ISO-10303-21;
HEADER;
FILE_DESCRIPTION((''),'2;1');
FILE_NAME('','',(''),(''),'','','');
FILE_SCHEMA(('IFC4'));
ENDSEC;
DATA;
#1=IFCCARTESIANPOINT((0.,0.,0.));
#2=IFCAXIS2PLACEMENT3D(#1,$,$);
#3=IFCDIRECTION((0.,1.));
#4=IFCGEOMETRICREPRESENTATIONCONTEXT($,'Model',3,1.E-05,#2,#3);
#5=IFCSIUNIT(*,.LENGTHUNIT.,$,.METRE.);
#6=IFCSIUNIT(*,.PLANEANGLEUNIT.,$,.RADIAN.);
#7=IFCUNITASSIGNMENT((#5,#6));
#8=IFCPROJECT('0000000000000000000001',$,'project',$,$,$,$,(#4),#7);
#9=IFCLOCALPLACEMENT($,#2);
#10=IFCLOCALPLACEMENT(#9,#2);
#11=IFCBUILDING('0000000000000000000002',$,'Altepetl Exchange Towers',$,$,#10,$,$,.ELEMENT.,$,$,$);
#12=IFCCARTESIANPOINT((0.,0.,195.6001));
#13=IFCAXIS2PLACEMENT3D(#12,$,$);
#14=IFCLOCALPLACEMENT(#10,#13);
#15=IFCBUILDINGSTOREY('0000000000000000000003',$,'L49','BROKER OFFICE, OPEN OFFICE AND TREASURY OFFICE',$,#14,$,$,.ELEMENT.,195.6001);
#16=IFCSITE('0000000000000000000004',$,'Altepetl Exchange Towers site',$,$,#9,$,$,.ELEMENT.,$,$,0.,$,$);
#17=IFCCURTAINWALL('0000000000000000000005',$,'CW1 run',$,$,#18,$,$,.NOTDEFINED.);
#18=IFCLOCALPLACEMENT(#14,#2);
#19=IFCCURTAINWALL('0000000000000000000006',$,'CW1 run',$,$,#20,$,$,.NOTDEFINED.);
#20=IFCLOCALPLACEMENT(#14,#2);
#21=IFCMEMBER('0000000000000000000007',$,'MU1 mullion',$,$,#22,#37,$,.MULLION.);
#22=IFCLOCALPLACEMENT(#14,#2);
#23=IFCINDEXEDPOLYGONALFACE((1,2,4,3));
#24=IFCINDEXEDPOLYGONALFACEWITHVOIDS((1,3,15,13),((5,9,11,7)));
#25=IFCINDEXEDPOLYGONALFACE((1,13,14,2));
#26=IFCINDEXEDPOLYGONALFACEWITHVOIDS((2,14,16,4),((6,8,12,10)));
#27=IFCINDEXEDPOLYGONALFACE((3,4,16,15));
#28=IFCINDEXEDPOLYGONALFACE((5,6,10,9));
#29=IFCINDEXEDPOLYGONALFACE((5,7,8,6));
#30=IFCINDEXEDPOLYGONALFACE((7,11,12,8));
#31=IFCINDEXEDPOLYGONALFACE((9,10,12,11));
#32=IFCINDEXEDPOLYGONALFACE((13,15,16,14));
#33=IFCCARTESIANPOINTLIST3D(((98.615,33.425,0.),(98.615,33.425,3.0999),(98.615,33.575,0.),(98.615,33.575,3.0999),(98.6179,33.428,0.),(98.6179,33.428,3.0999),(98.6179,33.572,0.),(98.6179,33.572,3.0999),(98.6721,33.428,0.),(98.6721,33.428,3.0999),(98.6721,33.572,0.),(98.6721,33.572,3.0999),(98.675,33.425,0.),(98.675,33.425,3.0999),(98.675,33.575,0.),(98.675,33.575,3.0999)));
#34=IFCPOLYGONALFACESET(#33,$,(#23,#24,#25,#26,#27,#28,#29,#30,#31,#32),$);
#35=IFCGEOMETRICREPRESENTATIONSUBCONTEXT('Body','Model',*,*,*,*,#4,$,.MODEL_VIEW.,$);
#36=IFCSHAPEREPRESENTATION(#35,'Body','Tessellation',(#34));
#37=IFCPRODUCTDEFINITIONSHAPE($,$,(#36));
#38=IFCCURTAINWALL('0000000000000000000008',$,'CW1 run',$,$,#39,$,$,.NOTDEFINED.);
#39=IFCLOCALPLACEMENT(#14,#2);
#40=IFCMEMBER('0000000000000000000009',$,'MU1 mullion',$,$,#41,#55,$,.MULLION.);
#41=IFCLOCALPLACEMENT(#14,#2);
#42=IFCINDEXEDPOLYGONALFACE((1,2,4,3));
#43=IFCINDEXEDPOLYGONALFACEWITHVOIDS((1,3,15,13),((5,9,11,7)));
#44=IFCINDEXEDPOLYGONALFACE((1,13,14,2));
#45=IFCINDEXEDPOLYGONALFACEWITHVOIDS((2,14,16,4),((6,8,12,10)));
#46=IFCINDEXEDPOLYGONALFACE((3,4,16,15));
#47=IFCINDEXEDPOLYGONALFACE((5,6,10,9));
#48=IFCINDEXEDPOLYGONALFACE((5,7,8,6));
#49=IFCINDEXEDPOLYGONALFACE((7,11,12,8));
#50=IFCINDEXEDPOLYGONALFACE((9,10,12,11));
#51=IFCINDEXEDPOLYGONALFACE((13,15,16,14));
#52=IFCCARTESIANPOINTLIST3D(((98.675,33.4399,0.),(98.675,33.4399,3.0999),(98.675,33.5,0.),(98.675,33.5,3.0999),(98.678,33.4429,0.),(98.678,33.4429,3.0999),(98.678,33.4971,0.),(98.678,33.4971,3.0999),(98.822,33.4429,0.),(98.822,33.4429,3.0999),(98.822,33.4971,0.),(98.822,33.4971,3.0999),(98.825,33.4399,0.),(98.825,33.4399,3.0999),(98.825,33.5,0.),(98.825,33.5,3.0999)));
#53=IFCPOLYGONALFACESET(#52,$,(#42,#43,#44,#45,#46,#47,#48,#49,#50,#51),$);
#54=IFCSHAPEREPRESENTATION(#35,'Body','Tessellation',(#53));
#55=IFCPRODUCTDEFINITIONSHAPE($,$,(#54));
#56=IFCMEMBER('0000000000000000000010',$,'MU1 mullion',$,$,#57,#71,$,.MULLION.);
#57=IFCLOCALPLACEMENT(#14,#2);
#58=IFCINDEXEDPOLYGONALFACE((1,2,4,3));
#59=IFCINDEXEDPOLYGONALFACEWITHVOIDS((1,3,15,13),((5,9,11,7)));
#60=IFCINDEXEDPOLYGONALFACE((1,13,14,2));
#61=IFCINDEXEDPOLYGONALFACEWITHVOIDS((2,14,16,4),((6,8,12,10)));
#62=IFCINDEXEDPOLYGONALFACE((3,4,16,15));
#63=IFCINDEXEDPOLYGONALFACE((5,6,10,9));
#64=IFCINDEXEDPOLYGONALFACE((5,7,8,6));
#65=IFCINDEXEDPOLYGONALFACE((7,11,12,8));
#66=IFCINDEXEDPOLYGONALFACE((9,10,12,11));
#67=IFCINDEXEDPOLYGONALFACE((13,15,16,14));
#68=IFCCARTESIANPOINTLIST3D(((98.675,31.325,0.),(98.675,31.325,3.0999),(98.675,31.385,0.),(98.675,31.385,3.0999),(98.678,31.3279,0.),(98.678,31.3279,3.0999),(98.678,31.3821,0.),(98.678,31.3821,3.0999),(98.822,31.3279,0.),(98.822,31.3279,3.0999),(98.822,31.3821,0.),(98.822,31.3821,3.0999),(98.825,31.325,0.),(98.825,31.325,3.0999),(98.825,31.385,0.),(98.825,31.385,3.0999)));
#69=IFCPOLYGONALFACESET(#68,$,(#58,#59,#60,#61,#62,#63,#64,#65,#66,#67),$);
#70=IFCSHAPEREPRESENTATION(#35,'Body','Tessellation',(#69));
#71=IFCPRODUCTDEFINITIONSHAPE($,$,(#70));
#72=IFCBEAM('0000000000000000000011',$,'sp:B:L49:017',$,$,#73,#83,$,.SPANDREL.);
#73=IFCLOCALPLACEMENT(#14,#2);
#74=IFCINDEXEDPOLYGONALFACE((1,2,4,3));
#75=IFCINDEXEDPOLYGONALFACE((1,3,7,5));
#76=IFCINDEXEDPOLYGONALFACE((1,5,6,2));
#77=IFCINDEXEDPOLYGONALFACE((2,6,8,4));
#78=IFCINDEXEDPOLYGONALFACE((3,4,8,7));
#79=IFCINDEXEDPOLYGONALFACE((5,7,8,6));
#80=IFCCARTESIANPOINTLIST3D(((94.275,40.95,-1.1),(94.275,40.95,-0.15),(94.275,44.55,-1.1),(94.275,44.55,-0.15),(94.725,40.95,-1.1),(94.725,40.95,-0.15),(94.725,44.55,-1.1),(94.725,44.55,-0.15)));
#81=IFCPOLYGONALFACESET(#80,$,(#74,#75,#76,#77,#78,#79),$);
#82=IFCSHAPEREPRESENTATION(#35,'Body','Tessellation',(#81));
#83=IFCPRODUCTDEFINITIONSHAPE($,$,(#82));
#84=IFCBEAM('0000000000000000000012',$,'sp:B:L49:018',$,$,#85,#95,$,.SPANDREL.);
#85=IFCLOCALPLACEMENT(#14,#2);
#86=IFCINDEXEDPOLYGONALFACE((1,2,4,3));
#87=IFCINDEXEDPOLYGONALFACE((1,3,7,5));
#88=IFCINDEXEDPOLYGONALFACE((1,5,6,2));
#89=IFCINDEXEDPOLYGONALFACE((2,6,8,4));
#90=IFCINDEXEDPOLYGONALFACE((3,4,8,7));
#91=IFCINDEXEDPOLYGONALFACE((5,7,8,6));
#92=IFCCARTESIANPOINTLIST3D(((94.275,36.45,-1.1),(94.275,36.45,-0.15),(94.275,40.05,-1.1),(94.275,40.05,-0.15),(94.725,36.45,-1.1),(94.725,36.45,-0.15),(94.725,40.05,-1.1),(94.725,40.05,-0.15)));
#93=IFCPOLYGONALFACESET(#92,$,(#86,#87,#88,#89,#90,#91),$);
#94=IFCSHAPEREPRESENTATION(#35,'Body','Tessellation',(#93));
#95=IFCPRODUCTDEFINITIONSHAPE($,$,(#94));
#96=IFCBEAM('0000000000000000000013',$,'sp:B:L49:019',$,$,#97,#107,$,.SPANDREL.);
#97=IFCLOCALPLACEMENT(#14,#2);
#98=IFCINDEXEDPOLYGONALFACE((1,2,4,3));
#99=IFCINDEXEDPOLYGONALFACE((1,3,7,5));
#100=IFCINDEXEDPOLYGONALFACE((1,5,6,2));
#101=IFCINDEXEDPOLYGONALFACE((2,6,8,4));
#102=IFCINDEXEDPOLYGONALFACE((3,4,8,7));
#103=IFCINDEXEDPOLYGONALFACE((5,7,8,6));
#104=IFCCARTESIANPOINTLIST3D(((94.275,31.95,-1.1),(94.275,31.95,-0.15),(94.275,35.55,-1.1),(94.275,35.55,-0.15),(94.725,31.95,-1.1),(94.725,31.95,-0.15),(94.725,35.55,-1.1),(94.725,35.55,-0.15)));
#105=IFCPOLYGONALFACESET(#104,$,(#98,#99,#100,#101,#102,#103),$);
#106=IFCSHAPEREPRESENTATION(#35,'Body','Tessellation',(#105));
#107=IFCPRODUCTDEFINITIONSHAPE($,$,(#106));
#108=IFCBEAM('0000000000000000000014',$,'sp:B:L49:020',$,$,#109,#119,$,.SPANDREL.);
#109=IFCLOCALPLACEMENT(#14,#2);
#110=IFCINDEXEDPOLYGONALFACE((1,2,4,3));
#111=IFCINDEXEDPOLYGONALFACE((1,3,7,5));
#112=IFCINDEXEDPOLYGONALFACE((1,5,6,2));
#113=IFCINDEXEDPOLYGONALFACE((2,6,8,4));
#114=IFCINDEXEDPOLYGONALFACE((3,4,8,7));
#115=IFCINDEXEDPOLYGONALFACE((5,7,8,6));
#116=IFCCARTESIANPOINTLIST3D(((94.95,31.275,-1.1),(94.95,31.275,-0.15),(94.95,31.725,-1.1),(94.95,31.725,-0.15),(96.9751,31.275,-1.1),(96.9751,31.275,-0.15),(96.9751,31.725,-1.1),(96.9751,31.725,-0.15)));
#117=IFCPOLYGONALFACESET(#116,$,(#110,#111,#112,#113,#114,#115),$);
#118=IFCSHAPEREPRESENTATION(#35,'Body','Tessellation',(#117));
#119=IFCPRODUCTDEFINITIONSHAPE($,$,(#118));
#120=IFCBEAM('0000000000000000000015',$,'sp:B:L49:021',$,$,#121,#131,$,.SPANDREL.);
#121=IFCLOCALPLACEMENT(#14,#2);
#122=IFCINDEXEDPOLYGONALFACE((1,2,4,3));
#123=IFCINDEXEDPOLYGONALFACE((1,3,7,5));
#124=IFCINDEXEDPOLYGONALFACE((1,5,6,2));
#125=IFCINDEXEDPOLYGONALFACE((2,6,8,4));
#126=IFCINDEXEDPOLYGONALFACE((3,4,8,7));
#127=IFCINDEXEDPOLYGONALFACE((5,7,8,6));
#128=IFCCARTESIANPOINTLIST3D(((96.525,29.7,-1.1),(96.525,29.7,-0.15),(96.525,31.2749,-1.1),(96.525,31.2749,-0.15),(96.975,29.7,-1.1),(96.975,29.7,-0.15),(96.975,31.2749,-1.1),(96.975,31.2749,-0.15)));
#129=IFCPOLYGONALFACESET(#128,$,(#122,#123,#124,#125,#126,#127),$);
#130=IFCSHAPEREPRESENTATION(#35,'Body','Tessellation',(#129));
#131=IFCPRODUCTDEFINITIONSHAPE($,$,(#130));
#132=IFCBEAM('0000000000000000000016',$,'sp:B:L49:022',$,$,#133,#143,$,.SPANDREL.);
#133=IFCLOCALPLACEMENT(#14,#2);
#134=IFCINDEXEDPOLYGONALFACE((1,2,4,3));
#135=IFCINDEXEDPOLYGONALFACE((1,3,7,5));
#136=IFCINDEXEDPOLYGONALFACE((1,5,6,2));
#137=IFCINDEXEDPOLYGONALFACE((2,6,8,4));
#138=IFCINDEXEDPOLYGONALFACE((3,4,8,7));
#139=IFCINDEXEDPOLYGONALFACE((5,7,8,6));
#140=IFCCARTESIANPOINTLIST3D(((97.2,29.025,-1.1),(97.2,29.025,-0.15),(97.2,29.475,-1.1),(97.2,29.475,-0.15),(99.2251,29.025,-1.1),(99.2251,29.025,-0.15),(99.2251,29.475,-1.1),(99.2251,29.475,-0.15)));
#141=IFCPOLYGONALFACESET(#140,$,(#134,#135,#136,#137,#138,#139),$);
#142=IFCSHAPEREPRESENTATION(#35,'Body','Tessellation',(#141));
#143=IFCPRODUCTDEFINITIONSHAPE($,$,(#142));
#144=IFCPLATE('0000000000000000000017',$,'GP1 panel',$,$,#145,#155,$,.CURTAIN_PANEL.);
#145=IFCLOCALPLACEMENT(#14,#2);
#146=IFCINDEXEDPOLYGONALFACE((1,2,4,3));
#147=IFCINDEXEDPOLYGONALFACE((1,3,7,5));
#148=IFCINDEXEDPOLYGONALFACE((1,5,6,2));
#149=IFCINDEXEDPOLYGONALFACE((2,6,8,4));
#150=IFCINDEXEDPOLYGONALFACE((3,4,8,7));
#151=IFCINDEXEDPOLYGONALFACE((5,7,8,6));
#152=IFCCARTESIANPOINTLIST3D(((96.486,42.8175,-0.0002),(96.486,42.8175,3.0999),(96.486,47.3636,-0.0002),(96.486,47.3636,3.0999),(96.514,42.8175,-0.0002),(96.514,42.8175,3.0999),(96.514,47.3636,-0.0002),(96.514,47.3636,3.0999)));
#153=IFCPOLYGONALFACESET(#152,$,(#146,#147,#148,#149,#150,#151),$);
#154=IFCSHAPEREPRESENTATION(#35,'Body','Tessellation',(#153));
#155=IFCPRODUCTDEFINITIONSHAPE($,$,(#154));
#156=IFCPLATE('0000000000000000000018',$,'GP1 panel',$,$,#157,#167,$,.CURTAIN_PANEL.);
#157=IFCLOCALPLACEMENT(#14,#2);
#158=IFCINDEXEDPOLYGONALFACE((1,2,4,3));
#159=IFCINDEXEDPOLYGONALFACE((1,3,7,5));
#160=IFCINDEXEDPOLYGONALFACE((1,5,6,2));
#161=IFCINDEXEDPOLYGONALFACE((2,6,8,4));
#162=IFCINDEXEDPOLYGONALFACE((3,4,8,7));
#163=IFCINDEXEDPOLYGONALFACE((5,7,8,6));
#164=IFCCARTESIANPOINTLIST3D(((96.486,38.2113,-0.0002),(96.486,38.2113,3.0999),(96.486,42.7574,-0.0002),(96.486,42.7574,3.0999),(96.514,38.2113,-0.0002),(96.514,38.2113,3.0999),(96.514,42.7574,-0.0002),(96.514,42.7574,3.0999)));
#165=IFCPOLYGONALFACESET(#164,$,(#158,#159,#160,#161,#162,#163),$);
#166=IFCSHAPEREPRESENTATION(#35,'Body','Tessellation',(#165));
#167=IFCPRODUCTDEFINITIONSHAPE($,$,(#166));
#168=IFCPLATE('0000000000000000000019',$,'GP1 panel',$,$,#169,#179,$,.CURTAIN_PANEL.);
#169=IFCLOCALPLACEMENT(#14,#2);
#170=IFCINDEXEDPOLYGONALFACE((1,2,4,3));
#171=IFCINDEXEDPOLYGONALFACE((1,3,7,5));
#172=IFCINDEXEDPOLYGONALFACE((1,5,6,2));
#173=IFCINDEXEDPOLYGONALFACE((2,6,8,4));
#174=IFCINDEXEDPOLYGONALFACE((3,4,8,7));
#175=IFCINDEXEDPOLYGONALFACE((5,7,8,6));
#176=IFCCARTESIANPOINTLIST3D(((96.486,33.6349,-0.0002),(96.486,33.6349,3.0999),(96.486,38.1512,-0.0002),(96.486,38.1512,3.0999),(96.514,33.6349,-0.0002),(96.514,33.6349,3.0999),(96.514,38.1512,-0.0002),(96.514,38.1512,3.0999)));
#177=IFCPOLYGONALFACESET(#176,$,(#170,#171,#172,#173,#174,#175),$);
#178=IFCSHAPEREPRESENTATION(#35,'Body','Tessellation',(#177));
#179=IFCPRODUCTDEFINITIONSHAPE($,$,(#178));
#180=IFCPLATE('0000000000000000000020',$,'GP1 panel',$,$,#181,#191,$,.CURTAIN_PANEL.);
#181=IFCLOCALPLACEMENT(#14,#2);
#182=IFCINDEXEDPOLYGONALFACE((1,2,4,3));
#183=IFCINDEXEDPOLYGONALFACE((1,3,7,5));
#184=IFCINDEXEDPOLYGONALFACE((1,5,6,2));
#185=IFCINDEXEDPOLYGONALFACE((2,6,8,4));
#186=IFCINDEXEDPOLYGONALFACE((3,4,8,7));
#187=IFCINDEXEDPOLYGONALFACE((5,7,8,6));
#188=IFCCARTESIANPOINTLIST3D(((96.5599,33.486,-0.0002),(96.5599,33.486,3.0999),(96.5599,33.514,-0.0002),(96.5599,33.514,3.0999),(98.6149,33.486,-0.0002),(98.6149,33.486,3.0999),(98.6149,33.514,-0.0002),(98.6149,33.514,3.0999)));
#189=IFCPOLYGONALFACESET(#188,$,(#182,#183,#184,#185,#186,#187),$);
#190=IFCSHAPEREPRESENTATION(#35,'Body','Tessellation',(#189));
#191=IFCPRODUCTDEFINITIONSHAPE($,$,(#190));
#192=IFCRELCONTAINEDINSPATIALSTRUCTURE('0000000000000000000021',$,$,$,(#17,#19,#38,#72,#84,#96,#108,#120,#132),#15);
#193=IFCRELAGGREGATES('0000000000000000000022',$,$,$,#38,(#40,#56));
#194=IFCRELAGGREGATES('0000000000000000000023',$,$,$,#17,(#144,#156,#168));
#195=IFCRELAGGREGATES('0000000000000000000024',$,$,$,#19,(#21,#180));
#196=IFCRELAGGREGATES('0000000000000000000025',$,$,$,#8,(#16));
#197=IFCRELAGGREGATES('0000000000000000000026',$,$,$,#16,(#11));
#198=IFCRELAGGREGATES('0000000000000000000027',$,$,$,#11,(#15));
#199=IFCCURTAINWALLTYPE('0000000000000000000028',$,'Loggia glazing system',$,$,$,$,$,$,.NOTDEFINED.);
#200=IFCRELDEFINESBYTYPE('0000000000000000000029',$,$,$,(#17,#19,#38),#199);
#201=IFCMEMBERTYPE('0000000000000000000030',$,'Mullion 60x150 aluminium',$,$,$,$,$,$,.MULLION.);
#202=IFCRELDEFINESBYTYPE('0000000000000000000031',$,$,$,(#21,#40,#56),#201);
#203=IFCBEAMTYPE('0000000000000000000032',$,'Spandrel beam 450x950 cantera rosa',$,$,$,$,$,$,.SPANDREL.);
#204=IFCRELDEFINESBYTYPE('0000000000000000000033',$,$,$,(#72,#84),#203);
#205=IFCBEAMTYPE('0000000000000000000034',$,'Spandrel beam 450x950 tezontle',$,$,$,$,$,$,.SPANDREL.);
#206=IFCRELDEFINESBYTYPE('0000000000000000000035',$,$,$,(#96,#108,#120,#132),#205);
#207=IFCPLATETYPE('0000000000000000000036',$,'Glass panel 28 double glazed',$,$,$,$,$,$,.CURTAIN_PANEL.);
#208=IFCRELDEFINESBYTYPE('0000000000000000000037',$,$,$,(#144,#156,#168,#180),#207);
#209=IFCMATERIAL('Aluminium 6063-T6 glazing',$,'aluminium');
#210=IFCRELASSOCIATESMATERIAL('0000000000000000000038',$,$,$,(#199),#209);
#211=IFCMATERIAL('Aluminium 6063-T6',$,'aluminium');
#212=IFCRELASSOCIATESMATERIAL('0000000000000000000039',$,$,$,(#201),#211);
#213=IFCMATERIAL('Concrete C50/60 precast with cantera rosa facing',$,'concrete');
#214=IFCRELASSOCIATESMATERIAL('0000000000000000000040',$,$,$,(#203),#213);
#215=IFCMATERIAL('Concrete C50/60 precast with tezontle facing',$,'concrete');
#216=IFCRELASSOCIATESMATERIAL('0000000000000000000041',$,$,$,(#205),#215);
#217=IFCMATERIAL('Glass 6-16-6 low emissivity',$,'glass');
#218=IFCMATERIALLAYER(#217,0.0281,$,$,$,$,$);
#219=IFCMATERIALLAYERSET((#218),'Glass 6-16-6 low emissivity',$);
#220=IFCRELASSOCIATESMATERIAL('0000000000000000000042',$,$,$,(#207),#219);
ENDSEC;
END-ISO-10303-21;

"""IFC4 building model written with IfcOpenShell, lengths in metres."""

from ifc_helpers import new_model, si_unit, direction, frame, origin, origin_2d, place, context, subcontext, project, spatial, rectangle, hollow_rectangle, extrude, material, layer, layer_set, material_profile, profile_set, type_object, element, aggregate, save


model = new_model("IFC4")

# Units and contexts
model_context = context("Model", 3, precision=1e-05, world=origin(), true_north=direction((0.0, 1.0)))
body_context = subcontext(model_context, "Body", "Model", "MODEL_VIEW")
ifc_project = project(units=[si_unit("LENGTHUNIT", "METRE"), si_unit("PLANEANGLEUNIT", "RADIAN")], contexts=[model_context])

# Site, building, storey
site_placement = place(None, origin())
site = spatial("IfcSite", under=ifc_project, at=site_placement, Name="Altepetl Exchange Towers site", CompositionType="ELEMENT", RefElevation=0.0)
building_placement = place(site_placement, origin())
building = spatial("IfcBuilding", under=site, at=building_placement, Name="Altepetl Exchange Towers", CompositionType="ELEMENT")
storey_placement = place(building_placement, frame((0.0, 0.0, 195.6001)))
storey = spatial("IfcBuildingStorey", under=building, at=storey_placement, Name="L49", Description="BROKER OFFICE, OPEN OFFICE AND TREASURY OFFICE", CompositionType="ELEMENT", Elevation=195.6001)

# Curtain walls, members
ifc_material_1 = material(Name="Aluminium 6063-T6 glazing", Category="aluminium")
curtain_wall_type = type_object("IfcCurtainWallType", Name="Loggia glazing system", PredefinedType="NOTDEFINED", material=ifc_material_1)
curtain_wall_1_placement = place(storey_placement, origin())
curtain_wall_1 = element("IfcCurtainWall", 1, at=curtain_wall_1_placement, inside=storey, type_object=curtain_wall_type, Name="CW1 run", PredefinedType="NOTDEFINED")
ifc_material_2 = material(Name="Aluminium 6063-T6", Category="aluminium")
ifc_material_profile_1 = material_profile(ifc_material_2, hollow_rectangle(XDim=0.0601, YDim=0.1499, WallThickness=0.0029, at=origin_2d()), Name="Mullion 60x150 aluminium")
ifc_profile_set_1 = profile_set([ifc_material_profile_1], Name="Aluminium 6063-T6")
member_type = type_object("IfcMemberType", Name="Mullion 60x150 aluminium", PredefinedType="MULLION", material=ifc_profile_set_1)
curtain_wall_2_placement = place(storey_placement, origin())
curtain_wall_2 = element("IfcCurtainWall", 2, at=curtain_wall_2_placement, inside=storey, type_object=curtain_wall_type, Name="CW1 run", PredefinedType="NOTDEFINED")
member_1_placement = place(storey_placement, frame((98.645, 33.5, 0.0)))
member_1 = element("IfcMember", 3, at=member_1_placement, type_object=member_type, Name="MU1 mullion", PredefinedType="MULLION", context=body_context, shape_type="SweptSolid", body=[
    extrude(hollow_rectangle(XDim=0.0601, YDim=0.1499, WallThickness=0.0029, at=origin_2d()), origin(), (0.0, 0.0, 1.0), 3.0999),
])
curtain_wall_3_placement = place(storey_placement, origin())
curtain_wall_3 = element("IfcCurtainWall", 4, at=curtain_wall_3_placement, inside=storey, type_object=curtain_wall_type, Name="CW1 run", PredefinedType="NOTDEFINED")
member_2_placement = place(storey_placement, frame((98.75, 33.47, 0.0), z_axis=(0.0, 0.0, 1.0), x_axis=(0.0, -1.0, 0.0)))
member_2 = element("IfcMember", 5, at=member_2_placement, type_object=member_type, Name="MU1 mullion", PredefinedType="MULLION", context=body_context, shape_type="SweptSolid", body=[
    extrude(hollow_rectangle(XDim=0.0601, YDim=0.1499, WallThickness=0.0029, at=origin_2d()), origin(), (0.0, 0.0, 1.0), 3.0999),
])
member_3_placement = place(storey_placement, frame((98.75, 31.355, 0.0), z_axis=(0.0, 0.0, 1.0), x_axis=(0.0, -1.0, 0.0)))
member_3 = element("IfcMember", 6, at=member_3_placement, type_object=member_type, Name="MU1 mullion", PredefinedType="MULLION", context=body_context, shape_type="SweptSolid", body=[
    extrude(hollow_rectangle(XDim=0.0601, YDim=0.1499, WallThickness=0.0029, at=origin_2d()), origin(), (0.0, 0.0, 1.0), 3.0999),
])
aggregate(curtain_wall_3, [member_2, member_3])

# Beams
ifc_material_3 = material(Name="Concrete C50/60 precast with cantera rosa facing", Category="concrete")
ifc_material_profile_2 = material_profile(ifc_material_3, rectangle(XDim=0.45, YDim=0.95, at=origin_2d()), Name="450 x 950")
ifc_profile_set_2 = profile_set([ifc_material_profile_2], Name="Concrete C50/60 precast with cantera rosa facing")
beam_type_1 = type_object("IfcBeamType", Name="Spandrel beam 450x950 cantera rosa", PredefinedType="SPANDREL", material=ifc_profile_set_2)
for number, where, z_axis, x_axis, name in (
    (7, (94.5, 44.55, -0.625), (0.0, -1.0, 0.0), (1.0, 0.0, 0.0), "sp:B:L49:017"),
    (8, (94.5, 40.05, -0.625), (0.0, -1.0, 0.0), (1.0, 0.0, 0.0), "sp:B:L49:018"),
):
    element("IfcBeam", number, at=place(storey_placement, frame(where, z_axis=z_axis, x_axis=x_axis)), inside=storey, type_object=beam_type_1, Name=name, PredefinedType="SPANDREL", context=body_context, shape_type="SweptSolid", body=[
        extrude(rectangle(XDim=0.45, YDim=0.95, at=origin_2d()), origin(), (0.0, 0.0, 1.0), 3.6001),
    ])
ifc_material_4 = material(Name="Concrete C50/60 precast with tezontle facing", Category="concrete")
ifc_material_profile_3 = material_profile(ifc_material_4, rectangle(XDim=0.45, YDim=0.95, at=origin_2d()), Name="450 x 950")
ifc_profile_set_3 = profile_set([ifc_material_profile_3], Name="Concrete C50/60 precast with tezontle facing")
beam_type_2 = type_object("IfcBeamType", Name="Spandrel beam 450x950 tezontle", PredefinedType="SPANDREL", material=ifc_profile_set_3)
beam_1_placement = place(storey_placement, frame((94.5, 35.55, -0.625), z_axis=(0.0, -1.0, 0.0), x_axis=(1.0, 0.0, 0.0)))
element("IfcBeam", 9, at=beam_1_placement, inside=storey, type_object=beam_type_2, Name="sp:B:L49:019", PredefinedType="SPANDREL", context=body_context, shape_type="SweptSolid", body=[
    extrude(rectangle(XDim=0.45, YDim=0.95, at=origin_2d()), origin(), (0.0, 0.0, 1.0), 3.6001),
])
beam_2_placement = place(storey_placement, frame((94.95, 31.5, -0.625), z_axis=(1.0, 0.0, 0.0), x_axis=(0.0, 1.0, 0.0)))
element("IfcBeam", 10, at=beam_2_placement, inside=storey, type_object=beam_type_2, Name="sp:B:L49:020", PredefinedType="SPANDREL", context=body_context, shape_type="SweptSolid", body=[
    extrude(rectangle(XDim=0.45, YDim=0.95, at=origin_2d()), origin(), (0.0, 0.0, 1.0), 2.0251),
])
beam_3_placement = place(storey_placement, frame((96.75, 31.2749, -0.625), z_axis=(0.0, -1.0, 0.0), x_axis=(1.0, 0.0, 0.0)))
element("IfcBeam", 11, at=beam_3_placement, inside=storey, type_object=beam_type_2, Name="sp:B:L49:021", PredefinedType="SPANDREL", context=body_context, shape_type="SweptSolid", body=[
    extrude(rectangle(XDim=0.45, YDim=0.95, at=origin_2d()), origin(), (0.0, 0.0, 1.0), 1.575),
])
beam_4_placement = place(storey_placement, frame((97.2, 29.25, -0.625), z_axis=(1.0, 0.0, 0.0), x_axis=(0.0, 1.0, 0.0)))
element("IfcBeam", 12, at=beam_4_placement, inside=storey, type_object=beam_type_2, Name="sp:B:L49:022", PredefinedType="SPANDREL", context=body_context, shape_type="SweptSolid", body=[
    extrude(rectangle(XDim=0.45, YDim=0.95, at=origin_2d()), origin(), (0.0, 0.0, 1.0), 2.0251),
])

# Plates
ifc_material_5 = material(Name="Glass 6-16-6 low emissivity", Category="glass")
ifc_layer_1 = layer(ifc_material_5, 0.0281)
ifc_layer_set_1 = layer_set([ifc_layer_1], Name="Glass 6-16-6 low emissivity")
plate_type = type_object("IfcPlateType", Name="Glass panel 28 double glazed", PredefinedType="CURTAIN_PANEL", material=ifc_layer_set_1)
plate_1_placement = place(storey_placement, frame((96.5, 45.0906, -0.0002), z_axis=(0.0, 0.0, 1.0), x_axis=(0.0, -1.0, 0.0)))
plate_1 = element("IfcPlate", 13, at=plate_1_placement, type_object=plate_type, Name="GP1 panel", PredefinedType="CURTAIN_PANEL", context=body_context, shape_type="SweptSolid", body=[
    extrude(rectangle(XDim=4.5461, YDim=0.0281, at=origin_2d()), origin(), (0.0, 0.0, 1.0), 3.1001),
])
plate_2_placement = place(storey_placement, frame((96.5, 40.4844, -0.0002), z_axis=(0.0, 0.0, 1.0), x_axis=(0.0, -1.0, 0.0)))
plate_2 = element("IfcPlate", 14, at=plate_2_placement, type_object=plate_type, Name="GP1 panel", PredefinedType="CURTAIN_PANEL", context=body_context, shape_type="SweptSolid", body=[
    extrude(rectangle(XDim=4.5461, YDim=0.0281, at=origin_2d()), origin(), (0.0, 0.0, 1.0), 3.1001),
])
plate_3_placement = place(storey_placement, frame((96.5, 35.8931, -0.0002), z_axis=(0.0, 0.0, 1.0), x_axis=(0.0, -1.0, 0.0)))
plate_3 = element("IfcPlate", 15, at=plate_3_placement, type_object=plate_type, Name="GP1 panel", PredefinedType="CURTAIN_PANEL", context=body_context, shape_type="SweptSolid", body=[
    extrude(rectangle(XDim=4.5164, YDim=0.0281, at=origin_2d()), origin(), (0.0, 0.0, 1.0), 3.1001),
])
aggregate(curtain_wall_1, [plate_1, plate_2, plate_3])
plate_4_placement = place(storey_placement, frame((97.5874, 33.5, -0.0002)))
plate_4 = element("IfcPlate", 16, at=plate_4_placement, type_object=plate_type, Name="GP1 panel", PredefinedType="CURTAIN_PANEL", context=body_context, shape_type="SweptSolid", body=[
    extrude(rectangle(XDim=2.0549, YDim=0.0281, at=origin_2d()), origin(), (0.0, 0.0, 1.0), 3.1001),
])
aggregate(curtain_wall_2, [member_1, plate_4])

save(model, "model.ifc")
